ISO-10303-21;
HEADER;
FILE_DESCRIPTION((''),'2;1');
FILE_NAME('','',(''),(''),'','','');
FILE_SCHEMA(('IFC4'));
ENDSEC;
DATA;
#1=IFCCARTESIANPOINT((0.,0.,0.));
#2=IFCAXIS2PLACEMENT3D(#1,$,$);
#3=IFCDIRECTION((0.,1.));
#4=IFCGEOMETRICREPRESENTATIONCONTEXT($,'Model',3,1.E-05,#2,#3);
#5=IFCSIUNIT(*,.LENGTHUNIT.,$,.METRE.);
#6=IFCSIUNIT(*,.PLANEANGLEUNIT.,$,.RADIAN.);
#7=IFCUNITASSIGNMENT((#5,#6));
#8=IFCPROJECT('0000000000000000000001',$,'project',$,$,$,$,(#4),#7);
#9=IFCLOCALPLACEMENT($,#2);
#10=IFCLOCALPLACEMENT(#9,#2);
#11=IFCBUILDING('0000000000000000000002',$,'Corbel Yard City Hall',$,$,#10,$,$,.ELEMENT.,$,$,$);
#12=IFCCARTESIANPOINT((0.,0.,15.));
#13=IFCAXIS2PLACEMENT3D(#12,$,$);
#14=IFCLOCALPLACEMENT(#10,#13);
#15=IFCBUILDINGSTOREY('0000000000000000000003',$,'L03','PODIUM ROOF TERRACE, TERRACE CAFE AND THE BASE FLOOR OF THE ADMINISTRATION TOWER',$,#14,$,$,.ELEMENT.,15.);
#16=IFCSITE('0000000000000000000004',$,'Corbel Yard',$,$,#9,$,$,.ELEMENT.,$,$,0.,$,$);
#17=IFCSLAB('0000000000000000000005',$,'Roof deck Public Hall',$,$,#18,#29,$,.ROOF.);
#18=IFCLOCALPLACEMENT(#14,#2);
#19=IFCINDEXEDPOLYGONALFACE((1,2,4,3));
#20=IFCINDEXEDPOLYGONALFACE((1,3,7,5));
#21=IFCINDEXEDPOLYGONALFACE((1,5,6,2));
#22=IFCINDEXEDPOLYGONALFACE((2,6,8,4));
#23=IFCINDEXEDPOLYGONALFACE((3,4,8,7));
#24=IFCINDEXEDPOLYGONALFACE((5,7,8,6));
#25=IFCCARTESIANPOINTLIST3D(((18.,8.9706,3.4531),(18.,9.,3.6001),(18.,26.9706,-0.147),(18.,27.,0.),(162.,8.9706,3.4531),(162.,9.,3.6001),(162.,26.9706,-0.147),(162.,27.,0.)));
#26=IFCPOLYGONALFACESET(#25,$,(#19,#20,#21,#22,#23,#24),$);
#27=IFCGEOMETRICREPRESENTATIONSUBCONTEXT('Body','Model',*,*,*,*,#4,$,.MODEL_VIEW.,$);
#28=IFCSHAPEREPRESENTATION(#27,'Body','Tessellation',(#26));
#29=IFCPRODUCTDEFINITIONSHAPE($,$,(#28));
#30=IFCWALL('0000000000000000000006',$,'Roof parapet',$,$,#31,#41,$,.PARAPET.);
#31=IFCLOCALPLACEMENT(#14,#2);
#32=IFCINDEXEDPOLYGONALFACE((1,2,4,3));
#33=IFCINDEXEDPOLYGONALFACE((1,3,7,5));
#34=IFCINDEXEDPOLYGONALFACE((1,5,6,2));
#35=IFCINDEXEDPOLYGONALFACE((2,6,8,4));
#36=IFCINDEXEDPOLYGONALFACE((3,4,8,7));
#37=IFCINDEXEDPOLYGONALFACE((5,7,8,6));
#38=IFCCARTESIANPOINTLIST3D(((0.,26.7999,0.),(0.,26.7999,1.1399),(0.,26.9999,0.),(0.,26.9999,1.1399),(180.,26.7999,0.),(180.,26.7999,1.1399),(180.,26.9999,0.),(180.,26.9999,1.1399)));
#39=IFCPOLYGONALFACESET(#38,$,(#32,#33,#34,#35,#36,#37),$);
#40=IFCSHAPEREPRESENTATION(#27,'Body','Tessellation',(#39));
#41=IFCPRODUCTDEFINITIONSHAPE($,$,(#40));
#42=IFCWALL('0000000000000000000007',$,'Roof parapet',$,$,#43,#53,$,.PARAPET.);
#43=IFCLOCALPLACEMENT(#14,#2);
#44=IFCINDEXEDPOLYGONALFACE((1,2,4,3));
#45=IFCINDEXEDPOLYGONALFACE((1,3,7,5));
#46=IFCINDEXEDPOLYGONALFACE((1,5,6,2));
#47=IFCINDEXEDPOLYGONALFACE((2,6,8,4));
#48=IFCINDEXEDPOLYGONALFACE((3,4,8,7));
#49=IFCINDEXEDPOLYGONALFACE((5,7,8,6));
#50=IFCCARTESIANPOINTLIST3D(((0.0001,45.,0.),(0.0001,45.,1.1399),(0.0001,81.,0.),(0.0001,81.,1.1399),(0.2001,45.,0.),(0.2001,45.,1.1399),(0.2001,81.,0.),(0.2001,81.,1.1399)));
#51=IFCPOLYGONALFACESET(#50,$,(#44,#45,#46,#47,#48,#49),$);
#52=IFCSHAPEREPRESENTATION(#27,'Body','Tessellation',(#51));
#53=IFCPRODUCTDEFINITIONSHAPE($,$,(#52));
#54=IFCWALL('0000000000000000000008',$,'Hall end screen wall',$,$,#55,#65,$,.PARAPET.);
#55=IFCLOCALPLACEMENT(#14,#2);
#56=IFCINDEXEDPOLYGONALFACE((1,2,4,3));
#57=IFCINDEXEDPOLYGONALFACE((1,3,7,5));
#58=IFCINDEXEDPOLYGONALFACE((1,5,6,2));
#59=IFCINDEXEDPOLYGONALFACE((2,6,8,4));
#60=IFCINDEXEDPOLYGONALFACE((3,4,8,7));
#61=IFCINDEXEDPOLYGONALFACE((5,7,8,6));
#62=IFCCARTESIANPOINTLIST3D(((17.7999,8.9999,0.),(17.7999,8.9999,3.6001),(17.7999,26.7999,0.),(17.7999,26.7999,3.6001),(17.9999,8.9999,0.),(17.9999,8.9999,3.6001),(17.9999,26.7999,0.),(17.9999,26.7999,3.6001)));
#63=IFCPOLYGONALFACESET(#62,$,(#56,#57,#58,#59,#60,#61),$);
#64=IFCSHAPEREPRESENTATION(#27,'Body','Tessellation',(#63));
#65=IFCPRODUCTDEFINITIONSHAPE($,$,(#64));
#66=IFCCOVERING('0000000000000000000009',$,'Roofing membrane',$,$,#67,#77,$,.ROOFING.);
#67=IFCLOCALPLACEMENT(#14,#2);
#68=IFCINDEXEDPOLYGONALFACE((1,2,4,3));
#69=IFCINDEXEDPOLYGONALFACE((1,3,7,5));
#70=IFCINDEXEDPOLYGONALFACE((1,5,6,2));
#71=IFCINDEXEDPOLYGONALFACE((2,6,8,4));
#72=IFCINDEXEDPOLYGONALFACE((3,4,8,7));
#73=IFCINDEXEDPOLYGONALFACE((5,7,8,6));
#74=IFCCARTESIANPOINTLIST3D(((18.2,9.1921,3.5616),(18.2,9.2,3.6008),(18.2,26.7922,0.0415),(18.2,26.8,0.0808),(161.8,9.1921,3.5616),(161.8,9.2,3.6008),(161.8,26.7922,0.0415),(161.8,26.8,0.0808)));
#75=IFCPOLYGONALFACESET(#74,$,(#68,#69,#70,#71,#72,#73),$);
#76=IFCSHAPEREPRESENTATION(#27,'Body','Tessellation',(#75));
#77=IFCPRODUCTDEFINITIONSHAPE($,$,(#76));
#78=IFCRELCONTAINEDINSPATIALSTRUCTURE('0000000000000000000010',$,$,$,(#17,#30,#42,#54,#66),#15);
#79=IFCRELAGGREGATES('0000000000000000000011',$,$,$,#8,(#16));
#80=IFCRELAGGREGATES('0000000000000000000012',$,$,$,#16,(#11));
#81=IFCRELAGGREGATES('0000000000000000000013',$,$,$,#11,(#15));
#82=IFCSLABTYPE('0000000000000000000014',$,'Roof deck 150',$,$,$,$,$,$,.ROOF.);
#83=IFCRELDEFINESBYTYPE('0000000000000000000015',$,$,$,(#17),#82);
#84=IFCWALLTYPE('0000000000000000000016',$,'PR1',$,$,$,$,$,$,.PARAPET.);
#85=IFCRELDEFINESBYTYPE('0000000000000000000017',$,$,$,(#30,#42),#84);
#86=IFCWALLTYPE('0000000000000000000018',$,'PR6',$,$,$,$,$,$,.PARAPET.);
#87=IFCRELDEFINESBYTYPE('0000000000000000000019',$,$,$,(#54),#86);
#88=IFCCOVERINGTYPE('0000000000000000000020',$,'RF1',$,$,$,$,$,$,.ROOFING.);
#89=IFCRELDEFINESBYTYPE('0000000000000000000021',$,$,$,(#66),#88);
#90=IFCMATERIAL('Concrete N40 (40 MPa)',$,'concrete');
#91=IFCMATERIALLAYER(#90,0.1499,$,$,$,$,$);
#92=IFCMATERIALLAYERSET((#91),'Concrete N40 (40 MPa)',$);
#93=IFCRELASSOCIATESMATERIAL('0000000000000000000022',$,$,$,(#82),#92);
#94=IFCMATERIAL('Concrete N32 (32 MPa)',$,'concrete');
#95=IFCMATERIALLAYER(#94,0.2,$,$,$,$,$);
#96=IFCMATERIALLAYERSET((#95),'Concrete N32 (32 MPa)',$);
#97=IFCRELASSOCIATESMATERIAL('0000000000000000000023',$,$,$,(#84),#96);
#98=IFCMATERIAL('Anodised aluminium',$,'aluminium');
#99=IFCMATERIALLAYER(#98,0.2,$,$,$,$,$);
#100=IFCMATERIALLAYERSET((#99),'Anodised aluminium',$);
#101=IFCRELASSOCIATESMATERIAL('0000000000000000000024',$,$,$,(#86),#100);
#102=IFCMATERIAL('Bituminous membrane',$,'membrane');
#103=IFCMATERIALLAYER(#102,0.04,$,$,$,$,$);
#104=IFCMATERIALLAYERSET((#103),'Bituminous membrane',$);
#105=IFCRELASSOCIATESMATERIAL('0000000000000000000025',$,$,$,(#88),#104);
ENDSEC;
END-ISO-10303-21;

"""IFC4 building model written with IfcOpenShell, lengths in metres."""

from ifc_helpers import new_model, si_unit, direction, frame, frame_2d, origin, place, context, subcontext, project, spatial, polyline, rectangle, outline, extrude, material, layer, layer_set, type_object, element, save


model = new_model("IFC4")

# Units and contexts
model_context = context("Model", 3, precision=1e-05, world=origin(), true_north=direction((0.0, 1.0)))
body_context = subcontext(model_context, "Body", "Model", "MODEL_VIEW")
ifc_project = project(units=[si_unit("LENGTHUNIT", "METRE"), si_unit("PLANEANGLEUNIT", "RADIAN")], contexts=[model_context])

# Site, building, storey
site_placement = place(None, origin())
site = spatial("IfcSite", under=ifc_project, at=site_placement, Name="Corbel Yard", CompositionType="ELEMENT", RefElevation=0.0)
building_placement = place(site_placement, origin())
building = spatial("IfcBuilding", under=site, at=building_placement, Name="Corbel Yard City Hall", CompositionType="ELEMENT")
storey_placement = place(building_placement, frame((0.0, 0.0, 15.0)))
storey = spatial("IfcBuildingStorey", under=building, at=storey_placement, Name="L03", Description="PODIUM ROOF TERRACE, TERRACE CAFE AND THE BASE FLOOR OF THE ADMINISTRATION TOWER", CompositionType="ELEMENT", Elevation=15.0)

# Slab
ifc_material_1 = material(Name="Concrete N40 (40 MPa)", Category="concrete")
ifc_layer_1 = layer(ifc_material_1, 0.1499)
ifc_layer_set_1 = layer_set([ifc_layer_1], Name="Concrete N40 (40 MPa)")
slab_type = type_object("IfcSlabType", Name="Roof deck 150", PredefinedType="ROOF", material=ifc_layer_set_1)
slab_placement = place(storey_placement, frame((18.0, 9.0, 3.6001), z_axis=(0.0, 0.196121, 0.98058), x_axis=(1.0, 0.0, 0.0)))
element("IfcSlab", 1, at=slab_placement, inside=storey, type_object=slab_type, Name="Roof deck Public Hall", PredefinedType="ROOF", context=body_context, shape_type="SweptSolid", body=[
    extrude(outline(polyline([(0.0, 0.0), (144.0, 0.0), (144.0, 18.3565), (0.0, 18.3565), (0.0, 0.0)])), origin(), (0.0, 0.0, -1.0), 0.1499),
])

# Walls
ifc_material_2 = material(Name="Concrete N32 (32 MPa)", Category="concrete")
ifc_layer_2 = layer(ifc_material_2, 0.2)
ifc_layer_set_2 = layer_set([ifc_layer_2], Name="Concrete N32 (32 MPa)")
wall_type_1 = type_object("IfcWallType", Name="PR1", PredefinedType="PARAPET", material=ifc_layer_set_2)
wall_1_placement = place(storey_placement, frame((0.0, 26.8999, 0.0), z_axis=(0.0, 0.0, 1.0), x_axis=(1.0, 0.0, 0.0)))
element("IfcWall", 2, at=wall_1_placement, inside=storey, type_object=wall_type_1, Name="Roof parapet", PredefinedType="PARAPET", context=body_context, shape_type="SweptSolid", body=[
    extrude(rectangle(XDim=180.0, YDim=0.2, at=frame_2d((90.0, 0.0))), origin(), (0.0, 0.0, 1.0), 1.1399),
])
wall_2_placement = place(storey_placement, frame((0.1001, 45.0, 0.0), z_axis=(0.0, 0.0, 1.0), x_axis=(0.0, 1.0, 0.0)))
element("IfcWall", 3, at=wall_2_placement, inside=storey, type_object=wall_type_1, Name="Roof parapet", PredefinedType="PARAPET", context=body_context, shape_type="SweptSolid", body=[
    extrude(rectangle(XDim=36.0, YDim=0.2, at=frame_2d((18.0, 0.0))), origin(), (0.0, 0.0, 1.0), 1.1399),
])
ifc_material_3 = material(Name="Anodised aluminium", Category="aluminium")
ifc_layer_3 = layer(ifc_material_3, 0.2)
ifc_layer_set_3 = layer_set([ifc_layer_3], Name="Anodised aluminium")
wall_type_2 = type_object("IfcWallType", Name="PR6", PredefinedType="PARAPET", material=ifc_layer_set_3)
wall_3_placement = place(storey_placement, frame((17.8999, 9.0, 0.0), z_axis=(0.0, 0.0, 1.0), x_axis=(0.0, 1.0, 0.0)))
element("IfcWall", 4, at=wall_3_placement, inside=storey, type_object=wall_type_2, Name="Hall end screen wall", PredefinedType="PARAPET", context=body_context, shape_type="SweptSolid", body=[
    extrude(rectangle(XDim=17.8, YDim=0.2, at=frame_2d((8.8999, 0.0))), origin(), (0.0, 0.0, 1.0), 3.6001),
])

# Covering
ifc_material_4 = material(Name="Bituminous membrane", Category="membrane")
ifc_layer_4 = layer(ifc_material_4, 0.04)
ifc_layer_set_4 = layer_set([ifc_layer_4], Name="Bituminous membrane")
covering_type = type_object("IfcCoveringType", Name="RF1", PredefinedType="ROOFING", material=ifc_layer_set_4)
covering_placement = place(storey_placement, frame((18.2, 9.2, 3.6008), z_axis=(0.0, 0.196116, 0.980581), x_axis=(1.0, 0.0, 0.0)))
element("IfcCovering", 5, at=covering_placement, inside=storey, type_object=covering_type, Name="Roofing membrane", PredefinedType="ROOFING", context=body_context, shape_type="SweptSolid", body=[
    extrude(outline(polyline([(0.0, 0.0), (143.6001, 0.0), (143.6001, 17.9486), (0.0, 17.9486), (0.0, 0.0)])), origin(), (0.0, 0.0, -1.0), 0.04),
])

save(model, "model.ifc")
